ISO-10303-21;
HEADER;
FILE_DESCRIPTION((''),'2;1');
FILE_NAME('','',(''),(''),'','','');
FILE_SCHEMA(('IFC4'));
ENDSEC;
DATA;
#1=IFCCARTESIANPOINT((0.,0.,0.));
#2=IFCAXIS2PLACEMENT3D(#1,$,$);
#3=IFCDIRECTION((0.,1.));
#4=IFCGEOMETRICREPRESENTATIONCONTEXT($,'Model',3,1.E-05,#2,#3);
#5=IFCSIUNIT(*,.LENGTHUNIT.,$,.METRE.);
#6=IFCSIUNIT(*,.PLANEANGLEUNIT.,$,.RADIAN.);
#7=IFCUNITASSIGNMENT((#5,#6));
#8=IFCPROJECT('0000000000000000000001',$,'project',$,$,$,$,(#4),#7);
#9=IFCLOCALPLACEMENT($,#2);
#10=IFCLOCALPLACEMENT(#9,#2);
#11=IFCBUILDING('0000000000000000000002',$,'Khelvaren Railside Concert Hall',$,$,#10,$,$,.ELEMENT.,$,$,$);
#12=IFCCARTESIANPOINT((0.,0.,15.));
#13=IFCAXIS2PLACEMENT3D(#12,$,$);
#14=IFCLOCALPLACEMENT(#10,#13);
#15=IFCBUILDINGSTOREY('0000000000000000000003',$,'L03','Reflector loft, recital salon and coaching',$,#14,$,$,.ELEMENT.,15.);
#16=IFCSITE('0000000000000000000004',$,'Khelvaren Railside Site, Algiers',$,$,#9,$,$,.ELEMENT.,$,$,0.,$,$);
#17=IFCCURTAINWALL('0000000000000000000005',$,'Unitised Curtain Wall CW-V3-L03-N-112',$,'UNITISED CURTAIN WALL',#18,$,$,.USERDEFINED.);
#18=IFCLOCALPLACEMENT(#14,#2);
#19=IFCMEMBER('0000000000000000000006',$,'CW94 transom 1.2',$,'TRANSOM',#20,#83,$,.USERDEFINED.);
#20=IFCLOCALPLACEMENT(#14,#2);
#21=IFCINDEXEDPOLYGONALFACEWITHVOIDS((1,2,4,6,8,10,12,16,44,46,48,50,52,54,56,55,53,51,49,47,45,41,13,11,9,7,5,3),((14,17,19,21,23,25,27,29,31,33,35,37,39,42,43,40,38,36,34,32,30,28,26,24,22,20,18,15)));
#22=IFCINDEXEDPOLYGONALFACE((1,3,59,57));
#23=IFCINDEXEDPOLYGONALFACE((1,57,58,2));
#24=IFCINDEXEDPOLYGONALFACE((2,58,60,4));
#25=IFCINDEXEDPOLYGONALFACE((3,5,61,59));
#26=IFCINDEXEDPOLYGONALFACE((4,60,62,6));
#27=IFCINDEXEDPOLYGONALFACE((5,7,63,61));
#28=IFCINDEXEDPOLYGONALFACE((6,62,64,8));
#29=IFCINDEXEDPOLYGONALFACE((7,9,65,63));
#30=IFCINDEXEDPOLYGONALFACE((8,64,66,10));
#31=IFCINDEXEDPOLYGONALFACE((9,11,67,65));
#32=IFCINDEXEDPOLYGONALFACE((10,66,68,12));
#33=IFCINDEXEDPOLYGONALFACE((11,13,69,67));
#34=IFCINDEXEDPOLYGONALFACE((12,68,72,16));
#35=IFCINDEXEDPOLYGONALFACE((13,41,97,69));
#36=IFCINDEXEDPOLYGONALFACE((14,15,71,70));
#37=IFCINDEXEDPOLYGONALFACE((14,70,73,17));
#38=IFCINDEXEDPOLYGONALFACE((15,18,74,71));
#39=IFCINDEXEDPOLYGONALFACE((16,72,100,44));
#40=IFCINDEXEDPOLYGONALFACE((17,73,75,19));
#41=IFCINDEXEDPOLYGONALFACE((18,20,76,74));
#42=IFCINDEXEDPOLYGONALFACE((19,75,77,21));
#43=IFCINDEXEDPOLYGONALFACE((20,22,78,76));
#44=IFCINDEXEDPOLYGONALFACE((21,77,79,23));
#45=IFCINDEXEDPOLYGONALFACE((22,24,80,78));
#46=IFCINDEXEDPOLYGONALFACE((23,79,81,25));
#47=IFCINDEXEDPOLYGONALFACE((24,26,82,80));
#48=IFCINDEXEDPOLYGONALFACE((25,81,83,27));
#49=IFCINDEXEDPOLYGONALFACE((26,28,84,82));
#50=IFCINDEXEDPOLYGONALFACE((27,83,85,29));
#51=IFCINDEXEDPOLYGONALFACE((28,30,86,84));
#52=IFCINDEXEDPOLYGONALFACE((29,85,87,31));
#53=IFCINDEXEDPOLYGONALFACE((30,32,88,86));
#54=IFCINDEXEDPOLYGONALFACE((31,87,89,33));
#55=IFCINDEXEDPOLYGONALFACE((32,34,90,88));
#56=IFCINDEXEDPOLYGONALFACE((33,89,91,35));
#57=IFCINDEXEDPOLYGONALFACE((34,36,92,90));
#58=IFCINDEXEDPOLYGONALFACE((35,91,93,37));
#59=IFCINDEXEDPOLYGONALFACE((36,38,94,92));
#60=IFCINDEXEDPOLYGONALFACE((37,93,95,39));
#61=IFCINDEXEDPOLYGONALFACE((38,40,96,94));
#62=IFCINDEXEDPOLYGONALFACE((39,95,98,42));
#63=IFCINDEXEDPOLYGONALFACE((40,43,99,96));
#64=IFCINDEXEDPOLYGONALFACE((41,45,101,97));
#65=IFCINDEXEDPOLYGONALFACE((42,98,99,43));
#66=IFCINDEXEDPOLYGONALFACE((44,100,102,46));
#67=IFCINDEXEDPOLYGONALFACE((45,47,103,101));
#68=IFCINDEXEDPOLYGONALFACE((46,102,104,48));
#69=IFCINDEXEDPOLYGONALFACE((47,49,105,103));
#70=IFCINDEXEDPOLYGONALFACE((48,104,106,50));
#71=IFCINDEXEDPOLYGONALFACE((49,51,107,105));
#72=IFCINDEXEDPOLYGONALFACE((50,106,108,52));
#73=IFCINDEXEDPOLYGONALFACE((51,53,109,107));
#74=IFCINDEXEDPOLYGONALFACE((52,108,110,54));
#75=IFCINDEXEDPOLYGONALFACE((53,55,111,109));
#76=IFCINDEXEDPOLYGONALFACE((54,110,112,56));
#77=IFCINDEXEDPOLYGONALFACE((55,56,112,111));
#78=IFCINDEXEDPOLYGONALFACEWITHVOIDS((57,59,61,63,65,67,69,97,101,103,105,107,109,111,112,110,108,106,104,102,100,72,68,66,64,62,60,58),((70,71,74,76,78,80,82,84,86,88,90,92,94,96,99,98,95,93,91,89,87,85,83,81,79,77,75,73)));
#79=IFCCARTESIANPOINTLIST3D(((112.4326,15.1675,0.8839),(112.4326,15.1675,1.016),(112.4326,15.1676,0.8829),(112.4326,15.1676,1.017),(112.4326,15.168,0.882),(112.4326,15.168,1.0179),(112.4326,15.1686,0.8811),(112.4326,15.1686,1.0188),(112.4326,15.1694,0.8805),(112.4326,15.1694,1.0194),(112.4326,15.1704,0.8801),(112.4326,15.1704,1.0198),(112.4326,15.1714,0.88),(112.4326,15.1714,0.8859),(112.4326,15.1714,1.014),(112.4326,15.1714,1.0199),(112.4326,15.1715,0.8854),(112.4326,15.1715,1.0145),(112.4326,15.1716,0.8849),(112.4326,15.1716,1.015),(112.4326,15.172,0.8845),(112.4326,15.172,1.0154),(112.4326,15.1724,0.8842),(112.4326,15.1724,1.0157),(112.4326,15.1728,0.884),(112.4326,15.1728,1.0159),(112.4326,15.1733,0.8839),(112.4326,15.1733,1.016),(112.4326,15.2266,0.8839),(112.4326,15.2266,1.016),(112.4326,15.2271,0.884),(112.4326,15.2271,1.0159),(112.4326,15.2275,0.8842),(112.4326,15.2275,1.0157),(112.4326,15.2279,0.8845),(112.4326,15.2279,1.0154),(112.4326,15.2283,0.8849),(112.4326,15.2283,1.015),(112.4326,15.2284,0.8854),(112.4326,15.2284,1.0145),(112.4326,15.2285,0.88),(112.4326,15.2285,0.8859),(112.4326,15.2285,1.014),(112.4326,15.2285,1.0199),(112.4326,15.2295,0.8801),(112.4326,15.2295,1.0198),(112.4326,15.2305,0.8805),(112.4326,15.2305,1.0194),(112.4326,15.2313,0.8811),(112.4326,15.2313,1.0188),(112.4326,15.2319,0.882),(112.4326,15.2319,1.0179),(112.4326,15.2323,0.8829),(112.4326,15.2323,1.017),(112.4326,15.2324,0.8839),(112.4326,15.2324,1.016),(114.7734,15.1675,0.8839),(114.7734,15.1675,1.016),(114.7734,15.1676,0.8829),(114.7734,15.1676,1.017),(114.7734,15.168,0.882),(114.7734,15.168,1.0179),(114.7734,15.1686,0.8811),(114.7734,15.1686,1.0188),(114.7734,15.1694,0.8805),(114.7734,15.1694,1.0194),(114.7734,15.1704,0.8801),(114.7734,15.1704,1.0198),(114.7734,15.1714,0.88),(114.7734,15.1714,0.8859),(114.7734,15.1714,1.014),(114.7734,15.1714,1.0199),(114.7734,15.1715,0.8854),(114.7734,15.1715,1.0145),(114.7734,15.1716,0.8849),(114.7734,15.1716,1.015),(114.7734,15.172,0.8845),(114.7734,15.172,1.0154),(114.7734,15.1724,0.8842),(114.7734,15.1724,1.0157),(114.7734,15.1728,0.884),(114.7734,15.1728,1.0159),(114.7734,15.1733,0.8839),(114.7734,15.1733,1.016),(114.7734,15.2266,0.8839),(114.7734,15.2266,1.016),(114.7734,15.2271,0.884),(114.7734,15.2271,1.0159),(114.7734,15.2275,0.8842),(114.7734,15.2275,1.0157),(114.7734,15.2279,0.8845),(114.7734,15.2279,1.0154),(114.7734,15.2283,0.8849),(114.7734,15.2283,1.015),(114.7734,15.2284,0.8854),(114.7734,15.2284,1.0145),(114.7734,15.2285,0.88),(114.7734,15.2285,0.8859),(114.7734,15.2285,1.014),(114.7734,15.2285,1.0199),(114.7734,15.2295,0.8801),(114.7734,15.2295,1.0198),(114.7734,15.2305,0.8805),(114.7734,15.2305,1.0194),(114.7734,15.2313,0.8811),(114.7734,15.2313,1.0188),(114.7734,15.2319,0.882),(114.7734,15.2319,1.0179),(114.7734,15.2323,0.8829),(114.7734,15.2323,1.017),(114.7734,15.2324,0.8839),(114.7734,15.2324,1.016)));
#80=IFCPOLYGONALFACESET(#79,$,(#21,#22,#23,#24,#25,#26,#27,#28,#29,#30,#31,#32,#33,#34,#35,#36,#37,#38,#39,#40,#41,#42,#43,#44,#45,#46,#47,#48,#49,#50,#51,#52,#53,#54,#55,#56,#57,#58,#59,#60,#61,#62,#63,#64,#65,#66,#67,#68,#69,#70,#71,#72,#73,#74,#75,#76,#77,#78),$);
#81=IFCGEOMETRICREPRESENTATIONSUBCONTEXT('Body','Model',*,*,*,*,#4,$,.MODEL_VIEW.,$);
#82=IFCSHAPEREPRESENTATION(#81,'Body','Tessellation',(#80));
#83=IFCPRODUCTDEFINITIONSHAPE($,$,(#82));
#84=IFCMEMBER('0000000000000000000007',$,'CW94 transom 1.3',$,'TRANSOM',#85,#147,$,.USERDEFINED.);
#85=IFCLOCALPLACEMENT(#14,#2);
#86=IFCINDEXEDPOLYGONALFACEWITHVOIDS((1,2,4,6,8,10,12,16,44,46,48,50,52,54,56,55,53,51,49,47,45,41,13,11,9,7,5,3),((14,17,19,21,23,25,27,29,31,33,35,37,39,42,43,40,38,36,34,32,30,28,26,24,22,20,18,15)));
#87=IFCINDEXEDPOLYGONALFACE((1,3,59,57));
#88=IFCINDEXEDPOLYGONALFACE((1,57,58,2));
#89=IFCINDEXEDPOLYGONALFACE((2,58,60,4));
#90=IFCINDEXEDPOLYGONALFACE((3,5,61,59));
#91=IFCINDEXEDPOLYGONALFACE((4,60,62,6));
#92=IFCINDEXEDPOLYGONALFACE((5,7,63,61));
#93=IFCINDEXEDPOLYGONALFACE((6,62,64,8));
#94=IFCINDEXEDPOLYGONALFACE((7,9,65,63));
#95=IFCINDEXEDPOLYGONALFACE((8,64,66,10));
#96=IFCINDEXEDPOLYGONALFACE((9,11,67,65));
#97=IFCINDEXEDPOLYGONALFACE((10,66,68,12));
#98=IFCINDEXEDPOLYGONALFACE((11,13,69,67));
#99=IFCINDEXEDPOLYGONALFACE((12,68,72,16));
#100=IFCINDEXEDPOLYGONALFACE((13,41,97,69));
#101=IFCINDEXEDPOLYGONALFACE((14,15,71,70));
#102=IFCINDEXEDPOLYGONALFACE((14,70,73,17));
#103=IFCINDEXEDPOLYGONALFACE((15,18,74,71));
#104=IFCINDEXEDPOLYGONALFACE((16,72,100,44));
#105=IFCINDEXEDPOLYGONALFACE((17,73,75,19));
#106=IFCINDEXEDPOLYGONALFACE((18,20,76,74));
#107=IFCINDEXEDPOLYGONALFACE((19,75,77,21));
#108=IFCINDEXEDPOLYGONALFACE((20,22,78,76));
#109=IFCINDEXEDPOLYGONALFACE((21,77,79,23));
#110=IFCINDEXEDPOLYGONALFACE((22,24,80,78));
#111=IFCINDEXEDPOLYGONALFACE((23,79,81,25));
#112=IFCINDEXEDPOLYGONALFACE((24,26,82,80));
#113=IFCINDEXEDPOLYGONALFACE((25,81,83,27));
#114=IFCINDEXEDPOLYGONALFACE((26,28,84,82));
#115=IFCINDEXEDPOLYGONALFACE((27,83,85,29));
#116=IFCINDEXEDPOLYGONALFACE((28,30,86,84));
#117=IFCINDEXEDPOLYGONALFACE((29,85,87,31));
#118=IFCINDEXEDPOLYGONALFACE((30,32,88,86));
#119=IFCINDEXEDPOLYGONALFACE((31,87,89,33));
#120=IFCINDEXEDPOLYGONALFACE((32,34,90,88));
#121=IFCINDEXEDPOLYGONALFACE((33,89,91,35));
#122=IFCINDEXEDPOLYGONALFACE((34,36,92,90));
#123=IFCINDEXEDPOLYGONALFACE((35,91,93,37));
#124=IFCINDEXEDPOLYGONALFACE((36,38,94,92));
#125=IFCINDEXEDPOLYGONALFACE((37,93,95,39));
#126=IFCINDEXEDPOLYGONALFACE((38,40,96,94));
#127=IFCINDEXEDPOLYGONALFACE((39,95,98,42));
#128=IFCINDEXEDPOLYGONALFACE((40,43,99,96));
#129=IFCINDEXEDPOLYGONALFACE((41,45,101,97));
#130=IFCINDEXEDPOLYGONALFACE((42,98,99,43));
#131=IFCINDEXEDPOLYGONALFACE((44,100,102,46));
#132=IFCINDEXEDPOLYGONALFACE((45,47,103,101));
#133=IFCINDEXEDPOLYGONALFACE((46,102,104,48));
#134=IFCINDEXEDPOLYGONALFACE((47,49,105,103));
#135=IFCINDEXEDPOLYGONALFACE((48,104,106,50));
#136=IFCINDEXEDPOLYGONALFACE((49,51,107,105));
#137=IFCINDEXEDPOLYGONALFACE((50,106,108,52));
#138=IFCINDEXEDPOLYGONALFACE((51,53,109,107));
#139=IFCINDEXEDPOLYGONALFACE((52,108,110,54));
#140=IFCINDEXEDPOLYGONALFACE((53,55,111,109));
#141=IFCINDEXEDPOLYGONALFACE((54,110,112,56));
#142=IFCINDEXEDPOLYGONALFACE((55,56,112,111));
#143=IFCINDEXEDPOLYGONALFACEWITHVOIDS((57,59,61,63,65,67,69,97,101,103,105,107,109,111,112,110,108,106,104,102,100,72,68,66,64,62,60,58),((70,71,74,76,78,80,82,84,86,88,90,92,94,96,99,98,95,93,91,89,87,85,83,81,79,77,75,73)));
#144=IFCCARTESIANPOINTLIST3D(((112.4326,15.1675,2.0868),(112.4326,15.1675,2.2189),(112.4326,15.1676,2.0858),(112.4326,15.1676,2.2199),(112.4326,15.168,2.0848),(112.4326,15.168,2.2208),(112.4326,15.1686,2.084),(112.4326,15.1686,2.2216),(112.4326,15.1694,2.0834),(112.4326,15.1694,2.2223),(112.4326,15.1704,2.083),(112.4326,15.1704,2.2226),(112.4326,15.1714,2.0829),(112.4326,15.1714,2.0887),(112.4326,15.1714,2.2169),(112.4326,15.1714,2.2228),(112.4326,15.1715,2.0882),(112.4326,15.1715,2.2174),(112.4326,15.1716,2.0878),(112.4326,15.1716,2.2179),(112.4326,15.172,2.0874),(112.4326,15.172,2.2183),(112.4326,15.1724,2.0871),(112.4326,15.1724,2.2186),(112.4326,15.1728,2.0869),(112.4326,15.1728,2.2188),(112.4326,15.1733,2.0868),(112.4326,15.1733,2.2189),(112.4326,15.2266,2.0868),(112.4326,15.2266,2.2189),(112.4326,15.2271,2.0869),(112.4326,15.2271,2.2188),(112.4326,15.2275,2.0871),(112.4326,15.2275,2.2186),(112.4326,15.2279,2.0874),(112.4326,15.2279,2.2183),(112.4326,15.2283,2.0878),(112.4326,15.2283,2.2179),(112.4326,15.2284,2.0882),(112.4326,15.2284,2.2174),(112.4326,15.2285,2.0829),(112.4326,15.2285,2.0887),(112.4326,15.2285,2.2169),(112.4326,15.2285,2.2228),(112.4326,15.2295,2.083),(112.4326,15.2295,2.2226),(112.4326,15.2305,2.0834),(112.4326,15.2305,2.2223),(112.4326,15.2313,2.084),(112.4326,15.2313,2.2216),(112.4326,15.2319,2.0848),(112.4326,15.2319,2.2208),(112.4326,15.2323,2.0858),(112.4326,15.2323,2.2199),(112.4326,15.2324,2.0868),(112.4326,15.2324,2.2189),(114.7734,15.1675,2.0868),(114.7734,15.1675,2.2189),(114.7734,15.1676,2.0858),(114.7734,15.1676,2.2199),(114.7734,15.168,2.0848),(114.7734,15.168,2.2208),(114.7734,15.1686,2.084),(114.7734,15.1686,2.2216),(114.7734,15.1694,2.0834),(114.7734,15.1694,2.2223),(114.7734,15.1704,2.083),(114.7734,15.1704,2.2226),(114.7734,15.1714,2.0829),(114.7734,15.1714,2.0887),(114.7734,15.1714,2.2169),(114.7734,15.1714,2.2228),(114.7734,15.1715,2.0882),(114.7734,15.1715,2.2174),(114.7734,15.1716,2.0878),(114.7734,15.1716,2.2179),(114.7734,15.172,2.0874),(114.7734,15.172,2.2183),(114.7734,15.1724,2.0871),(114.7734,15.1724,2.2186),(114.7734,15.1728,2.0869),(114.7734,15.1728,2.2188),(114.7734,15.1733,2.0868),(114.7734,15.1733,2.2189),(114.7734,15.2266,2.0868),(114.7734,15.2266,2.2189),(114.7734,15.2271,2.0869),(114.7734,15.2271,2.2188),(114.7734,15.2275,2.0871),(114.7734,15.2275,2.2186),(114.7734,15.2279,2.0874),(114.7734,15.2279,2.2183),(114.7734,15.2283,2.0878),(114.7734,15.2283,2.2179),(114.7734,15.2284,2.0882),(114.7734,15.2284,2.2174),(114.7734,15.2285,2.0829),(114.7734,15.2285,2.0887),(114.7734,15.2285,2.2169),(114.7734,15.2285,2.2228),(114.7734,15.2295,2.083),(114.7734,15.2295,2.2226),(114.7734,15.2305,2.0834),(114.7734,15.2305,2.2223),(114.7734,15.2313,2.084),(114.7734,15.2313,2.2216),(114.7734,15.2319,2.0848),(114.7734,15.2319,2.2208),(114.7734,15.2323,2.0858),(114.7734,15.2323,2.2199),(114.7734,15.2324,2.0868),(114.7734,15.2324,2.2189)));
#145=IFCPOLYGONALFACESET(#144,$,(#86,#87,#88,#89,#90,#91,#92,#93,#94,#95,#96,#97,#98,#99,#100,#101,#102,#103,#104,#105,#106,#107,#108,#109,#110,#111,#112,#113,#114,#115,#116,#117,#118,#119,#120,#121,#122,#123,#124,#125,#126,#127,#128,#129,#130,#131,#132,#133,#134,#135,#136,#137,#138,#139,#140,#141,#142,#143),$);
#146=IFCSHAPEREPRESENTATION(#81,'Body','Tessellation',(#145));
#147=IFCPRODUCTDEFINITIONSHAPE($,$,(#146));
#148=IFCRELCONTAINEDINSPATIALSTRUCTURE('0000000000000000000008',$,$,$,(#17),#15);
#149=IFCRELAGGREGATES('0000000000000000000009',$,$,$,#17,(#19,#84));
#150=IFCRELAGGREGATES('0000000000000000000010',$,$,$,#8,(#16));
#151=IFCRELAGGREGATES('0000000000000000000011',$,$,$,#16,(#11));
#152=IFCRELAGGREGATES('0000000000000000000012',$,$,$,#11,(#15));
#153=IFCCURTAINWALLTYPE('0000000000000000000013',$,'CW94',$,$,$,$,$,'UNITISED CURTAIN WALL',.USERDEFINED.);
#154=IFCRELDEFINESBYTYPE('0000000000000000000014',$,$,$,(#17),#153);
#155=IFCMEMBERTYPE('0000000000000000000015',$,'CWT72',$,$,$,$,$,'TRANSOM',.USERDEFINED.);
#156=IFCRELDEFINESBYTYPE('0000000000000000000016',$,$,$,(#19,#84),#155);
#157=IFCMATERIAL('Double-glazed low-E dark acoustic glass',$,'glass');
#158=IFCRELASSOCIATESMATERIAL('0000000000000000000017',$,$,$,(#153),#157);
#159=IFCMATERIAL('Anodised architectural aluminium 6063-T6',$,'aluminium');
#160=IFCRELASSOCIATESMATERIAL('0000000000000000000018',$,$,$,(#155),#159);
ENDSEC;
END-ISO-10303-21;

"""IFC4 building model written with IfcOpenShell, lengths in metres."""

from ifc_helpers import new_model, si_unit, direction, frame, origin, origin_2d, place, context, subcontext, project, spatial, hollow_rectangle, extrude, material, material_profile, profile_set, type_object, element, aggregate, save


model = new_model("IFC4")

# Units and contexts
model_context = context("Model", 3, precision=1e-05, world=origin(), true_north=direction((0.0, 1.0)))
body_context = subcontext(model_context, "Body", "Model", "MODEL_VIEW")
ifc_project = project(units=[si_unit("LENGTHUNIT", "METRE"), si_unit("PLANEANGLEUNIT", "RADIAN")], contexts=[model_context])

# Site, building, storey
site_placement = place(None, origin())
site = spatial("IfcSite", under=ifc_project, at=site_placement, Name="Khelvaren Railside Site, Algiers", CompositionType="ELEMENT", RefElevation=0.0)
building_placement = place(site_placement, origin())
building = spatial("IfcBuilding", under=site, at=building_placement, Name="Khelvaren Railside Concert Hall", CompositionType="ELEMENT")
storey_placement = place(building_placement, frame((0.0, 0.0, 15.0)))
storey = spatial("IfcBuildingStorey", under=building, at=storey_placement, Name="L03", Description="Reflector loft, recital salon and coaching", CompositionType="ELEMENT", Elevation=15.0)

# Curtain wall
ifc_material_1 = material(Name="Double-glazed low-E dark acoustic glass", Category="glass")
ifc_material_2 = material(Name="Anodised architectural aluminium 6063-T6", Category="aluminium")
curtain_wall_type_1 = type_object("IfcCurtainWallType", Name="CW94", ElementType="UNITISED CURTAIN WALL", PredefinedType="USERDEFINED", material=ifc_material_1)
curtain_wall_1_placement = place(storey_placement, origin())
curtain_wall_1 = element("IfcCurtainWall", 1, at=curtain_wall_1_placement, inside=storey, type_object=curtain_wall_type_1, Name="Unitised Curtain Wall CW-V3-L03-N-112", ObjectType="UNITISED CURTAIN WALL", PredefinedType="USERDEFINED")

# Members
ifc_material_profile_1 = material_profile(ifc_material_2, hollow_rectangle(XDim=0.0649, YDim=0.1399, WallThickness=0.0039, InnerFilletRadius=0.002, OuterFilletRadius=0.0039, at=origin_2d()), Name="CWT 65x140x4")
ifc_profile_set_1 = profile_set([ifc_material_profile_1], Name="Anodised architectural aluminium 6063-T6")
member_type_1 = type_object("IfcMemberType", Name="CWT72", ElementType="TRANSOM", PredefinedType="USERDEFINED", material=ifc_profile_set_1)
member_1_placement = place(storey_placement, frame((112.4326, 15.2, 0.95), z_axis=(1.0, 0.0, 0.0), x_axis=(0.0, 1.0, 0.0)))
member_1 = element("IfcMember", 2, at=member_1_placement, type_object=member_type_1, Name="CW94 transom 1.2", ObjectType="TRANSOM", PredefinedType="USERDEFINED", context=body_context, shape_type="SweptSolid", body=[
    extrude(hollow_rectangle(XDim=0.0649, YDim=0.1399, WallThickness=0.0039, InnerFilletRadius=0.002, OuterFilletRadius=0.0039, at=origin_2d()), origin(), (0.0, 0.0, 1.0), 2.3408),
])
member_2_placement = place(storey_placement, frame((112.4326, 15.2, 2.1528), z_axis=(1.0, 0.0, 0.0), x_axis=(0.0, 1.0, 0.0)))
member_2 = element("IfcMember", 3, at=member_2_placement, type_object=member_type_1, Name="CW94 transom 1.3", ObjectType="TRANSOM", PredefinedType="USERDEFINED", context=body_context, shape_type="SweptSolid", body=[
    extrude(hollow_rectangle(XDim=0.0649, YDim=0.1399, WallThickness=0.0039, InnerFilletRadius=0.002, OuterFilletRadius=0.0039, at=origin_2d()), origin(), (0.0, 0.0, 1.0), 2.3408),
])

aggregate(curtain_wall_1, [member_1, member_2])

save(model, "model.ifc")
